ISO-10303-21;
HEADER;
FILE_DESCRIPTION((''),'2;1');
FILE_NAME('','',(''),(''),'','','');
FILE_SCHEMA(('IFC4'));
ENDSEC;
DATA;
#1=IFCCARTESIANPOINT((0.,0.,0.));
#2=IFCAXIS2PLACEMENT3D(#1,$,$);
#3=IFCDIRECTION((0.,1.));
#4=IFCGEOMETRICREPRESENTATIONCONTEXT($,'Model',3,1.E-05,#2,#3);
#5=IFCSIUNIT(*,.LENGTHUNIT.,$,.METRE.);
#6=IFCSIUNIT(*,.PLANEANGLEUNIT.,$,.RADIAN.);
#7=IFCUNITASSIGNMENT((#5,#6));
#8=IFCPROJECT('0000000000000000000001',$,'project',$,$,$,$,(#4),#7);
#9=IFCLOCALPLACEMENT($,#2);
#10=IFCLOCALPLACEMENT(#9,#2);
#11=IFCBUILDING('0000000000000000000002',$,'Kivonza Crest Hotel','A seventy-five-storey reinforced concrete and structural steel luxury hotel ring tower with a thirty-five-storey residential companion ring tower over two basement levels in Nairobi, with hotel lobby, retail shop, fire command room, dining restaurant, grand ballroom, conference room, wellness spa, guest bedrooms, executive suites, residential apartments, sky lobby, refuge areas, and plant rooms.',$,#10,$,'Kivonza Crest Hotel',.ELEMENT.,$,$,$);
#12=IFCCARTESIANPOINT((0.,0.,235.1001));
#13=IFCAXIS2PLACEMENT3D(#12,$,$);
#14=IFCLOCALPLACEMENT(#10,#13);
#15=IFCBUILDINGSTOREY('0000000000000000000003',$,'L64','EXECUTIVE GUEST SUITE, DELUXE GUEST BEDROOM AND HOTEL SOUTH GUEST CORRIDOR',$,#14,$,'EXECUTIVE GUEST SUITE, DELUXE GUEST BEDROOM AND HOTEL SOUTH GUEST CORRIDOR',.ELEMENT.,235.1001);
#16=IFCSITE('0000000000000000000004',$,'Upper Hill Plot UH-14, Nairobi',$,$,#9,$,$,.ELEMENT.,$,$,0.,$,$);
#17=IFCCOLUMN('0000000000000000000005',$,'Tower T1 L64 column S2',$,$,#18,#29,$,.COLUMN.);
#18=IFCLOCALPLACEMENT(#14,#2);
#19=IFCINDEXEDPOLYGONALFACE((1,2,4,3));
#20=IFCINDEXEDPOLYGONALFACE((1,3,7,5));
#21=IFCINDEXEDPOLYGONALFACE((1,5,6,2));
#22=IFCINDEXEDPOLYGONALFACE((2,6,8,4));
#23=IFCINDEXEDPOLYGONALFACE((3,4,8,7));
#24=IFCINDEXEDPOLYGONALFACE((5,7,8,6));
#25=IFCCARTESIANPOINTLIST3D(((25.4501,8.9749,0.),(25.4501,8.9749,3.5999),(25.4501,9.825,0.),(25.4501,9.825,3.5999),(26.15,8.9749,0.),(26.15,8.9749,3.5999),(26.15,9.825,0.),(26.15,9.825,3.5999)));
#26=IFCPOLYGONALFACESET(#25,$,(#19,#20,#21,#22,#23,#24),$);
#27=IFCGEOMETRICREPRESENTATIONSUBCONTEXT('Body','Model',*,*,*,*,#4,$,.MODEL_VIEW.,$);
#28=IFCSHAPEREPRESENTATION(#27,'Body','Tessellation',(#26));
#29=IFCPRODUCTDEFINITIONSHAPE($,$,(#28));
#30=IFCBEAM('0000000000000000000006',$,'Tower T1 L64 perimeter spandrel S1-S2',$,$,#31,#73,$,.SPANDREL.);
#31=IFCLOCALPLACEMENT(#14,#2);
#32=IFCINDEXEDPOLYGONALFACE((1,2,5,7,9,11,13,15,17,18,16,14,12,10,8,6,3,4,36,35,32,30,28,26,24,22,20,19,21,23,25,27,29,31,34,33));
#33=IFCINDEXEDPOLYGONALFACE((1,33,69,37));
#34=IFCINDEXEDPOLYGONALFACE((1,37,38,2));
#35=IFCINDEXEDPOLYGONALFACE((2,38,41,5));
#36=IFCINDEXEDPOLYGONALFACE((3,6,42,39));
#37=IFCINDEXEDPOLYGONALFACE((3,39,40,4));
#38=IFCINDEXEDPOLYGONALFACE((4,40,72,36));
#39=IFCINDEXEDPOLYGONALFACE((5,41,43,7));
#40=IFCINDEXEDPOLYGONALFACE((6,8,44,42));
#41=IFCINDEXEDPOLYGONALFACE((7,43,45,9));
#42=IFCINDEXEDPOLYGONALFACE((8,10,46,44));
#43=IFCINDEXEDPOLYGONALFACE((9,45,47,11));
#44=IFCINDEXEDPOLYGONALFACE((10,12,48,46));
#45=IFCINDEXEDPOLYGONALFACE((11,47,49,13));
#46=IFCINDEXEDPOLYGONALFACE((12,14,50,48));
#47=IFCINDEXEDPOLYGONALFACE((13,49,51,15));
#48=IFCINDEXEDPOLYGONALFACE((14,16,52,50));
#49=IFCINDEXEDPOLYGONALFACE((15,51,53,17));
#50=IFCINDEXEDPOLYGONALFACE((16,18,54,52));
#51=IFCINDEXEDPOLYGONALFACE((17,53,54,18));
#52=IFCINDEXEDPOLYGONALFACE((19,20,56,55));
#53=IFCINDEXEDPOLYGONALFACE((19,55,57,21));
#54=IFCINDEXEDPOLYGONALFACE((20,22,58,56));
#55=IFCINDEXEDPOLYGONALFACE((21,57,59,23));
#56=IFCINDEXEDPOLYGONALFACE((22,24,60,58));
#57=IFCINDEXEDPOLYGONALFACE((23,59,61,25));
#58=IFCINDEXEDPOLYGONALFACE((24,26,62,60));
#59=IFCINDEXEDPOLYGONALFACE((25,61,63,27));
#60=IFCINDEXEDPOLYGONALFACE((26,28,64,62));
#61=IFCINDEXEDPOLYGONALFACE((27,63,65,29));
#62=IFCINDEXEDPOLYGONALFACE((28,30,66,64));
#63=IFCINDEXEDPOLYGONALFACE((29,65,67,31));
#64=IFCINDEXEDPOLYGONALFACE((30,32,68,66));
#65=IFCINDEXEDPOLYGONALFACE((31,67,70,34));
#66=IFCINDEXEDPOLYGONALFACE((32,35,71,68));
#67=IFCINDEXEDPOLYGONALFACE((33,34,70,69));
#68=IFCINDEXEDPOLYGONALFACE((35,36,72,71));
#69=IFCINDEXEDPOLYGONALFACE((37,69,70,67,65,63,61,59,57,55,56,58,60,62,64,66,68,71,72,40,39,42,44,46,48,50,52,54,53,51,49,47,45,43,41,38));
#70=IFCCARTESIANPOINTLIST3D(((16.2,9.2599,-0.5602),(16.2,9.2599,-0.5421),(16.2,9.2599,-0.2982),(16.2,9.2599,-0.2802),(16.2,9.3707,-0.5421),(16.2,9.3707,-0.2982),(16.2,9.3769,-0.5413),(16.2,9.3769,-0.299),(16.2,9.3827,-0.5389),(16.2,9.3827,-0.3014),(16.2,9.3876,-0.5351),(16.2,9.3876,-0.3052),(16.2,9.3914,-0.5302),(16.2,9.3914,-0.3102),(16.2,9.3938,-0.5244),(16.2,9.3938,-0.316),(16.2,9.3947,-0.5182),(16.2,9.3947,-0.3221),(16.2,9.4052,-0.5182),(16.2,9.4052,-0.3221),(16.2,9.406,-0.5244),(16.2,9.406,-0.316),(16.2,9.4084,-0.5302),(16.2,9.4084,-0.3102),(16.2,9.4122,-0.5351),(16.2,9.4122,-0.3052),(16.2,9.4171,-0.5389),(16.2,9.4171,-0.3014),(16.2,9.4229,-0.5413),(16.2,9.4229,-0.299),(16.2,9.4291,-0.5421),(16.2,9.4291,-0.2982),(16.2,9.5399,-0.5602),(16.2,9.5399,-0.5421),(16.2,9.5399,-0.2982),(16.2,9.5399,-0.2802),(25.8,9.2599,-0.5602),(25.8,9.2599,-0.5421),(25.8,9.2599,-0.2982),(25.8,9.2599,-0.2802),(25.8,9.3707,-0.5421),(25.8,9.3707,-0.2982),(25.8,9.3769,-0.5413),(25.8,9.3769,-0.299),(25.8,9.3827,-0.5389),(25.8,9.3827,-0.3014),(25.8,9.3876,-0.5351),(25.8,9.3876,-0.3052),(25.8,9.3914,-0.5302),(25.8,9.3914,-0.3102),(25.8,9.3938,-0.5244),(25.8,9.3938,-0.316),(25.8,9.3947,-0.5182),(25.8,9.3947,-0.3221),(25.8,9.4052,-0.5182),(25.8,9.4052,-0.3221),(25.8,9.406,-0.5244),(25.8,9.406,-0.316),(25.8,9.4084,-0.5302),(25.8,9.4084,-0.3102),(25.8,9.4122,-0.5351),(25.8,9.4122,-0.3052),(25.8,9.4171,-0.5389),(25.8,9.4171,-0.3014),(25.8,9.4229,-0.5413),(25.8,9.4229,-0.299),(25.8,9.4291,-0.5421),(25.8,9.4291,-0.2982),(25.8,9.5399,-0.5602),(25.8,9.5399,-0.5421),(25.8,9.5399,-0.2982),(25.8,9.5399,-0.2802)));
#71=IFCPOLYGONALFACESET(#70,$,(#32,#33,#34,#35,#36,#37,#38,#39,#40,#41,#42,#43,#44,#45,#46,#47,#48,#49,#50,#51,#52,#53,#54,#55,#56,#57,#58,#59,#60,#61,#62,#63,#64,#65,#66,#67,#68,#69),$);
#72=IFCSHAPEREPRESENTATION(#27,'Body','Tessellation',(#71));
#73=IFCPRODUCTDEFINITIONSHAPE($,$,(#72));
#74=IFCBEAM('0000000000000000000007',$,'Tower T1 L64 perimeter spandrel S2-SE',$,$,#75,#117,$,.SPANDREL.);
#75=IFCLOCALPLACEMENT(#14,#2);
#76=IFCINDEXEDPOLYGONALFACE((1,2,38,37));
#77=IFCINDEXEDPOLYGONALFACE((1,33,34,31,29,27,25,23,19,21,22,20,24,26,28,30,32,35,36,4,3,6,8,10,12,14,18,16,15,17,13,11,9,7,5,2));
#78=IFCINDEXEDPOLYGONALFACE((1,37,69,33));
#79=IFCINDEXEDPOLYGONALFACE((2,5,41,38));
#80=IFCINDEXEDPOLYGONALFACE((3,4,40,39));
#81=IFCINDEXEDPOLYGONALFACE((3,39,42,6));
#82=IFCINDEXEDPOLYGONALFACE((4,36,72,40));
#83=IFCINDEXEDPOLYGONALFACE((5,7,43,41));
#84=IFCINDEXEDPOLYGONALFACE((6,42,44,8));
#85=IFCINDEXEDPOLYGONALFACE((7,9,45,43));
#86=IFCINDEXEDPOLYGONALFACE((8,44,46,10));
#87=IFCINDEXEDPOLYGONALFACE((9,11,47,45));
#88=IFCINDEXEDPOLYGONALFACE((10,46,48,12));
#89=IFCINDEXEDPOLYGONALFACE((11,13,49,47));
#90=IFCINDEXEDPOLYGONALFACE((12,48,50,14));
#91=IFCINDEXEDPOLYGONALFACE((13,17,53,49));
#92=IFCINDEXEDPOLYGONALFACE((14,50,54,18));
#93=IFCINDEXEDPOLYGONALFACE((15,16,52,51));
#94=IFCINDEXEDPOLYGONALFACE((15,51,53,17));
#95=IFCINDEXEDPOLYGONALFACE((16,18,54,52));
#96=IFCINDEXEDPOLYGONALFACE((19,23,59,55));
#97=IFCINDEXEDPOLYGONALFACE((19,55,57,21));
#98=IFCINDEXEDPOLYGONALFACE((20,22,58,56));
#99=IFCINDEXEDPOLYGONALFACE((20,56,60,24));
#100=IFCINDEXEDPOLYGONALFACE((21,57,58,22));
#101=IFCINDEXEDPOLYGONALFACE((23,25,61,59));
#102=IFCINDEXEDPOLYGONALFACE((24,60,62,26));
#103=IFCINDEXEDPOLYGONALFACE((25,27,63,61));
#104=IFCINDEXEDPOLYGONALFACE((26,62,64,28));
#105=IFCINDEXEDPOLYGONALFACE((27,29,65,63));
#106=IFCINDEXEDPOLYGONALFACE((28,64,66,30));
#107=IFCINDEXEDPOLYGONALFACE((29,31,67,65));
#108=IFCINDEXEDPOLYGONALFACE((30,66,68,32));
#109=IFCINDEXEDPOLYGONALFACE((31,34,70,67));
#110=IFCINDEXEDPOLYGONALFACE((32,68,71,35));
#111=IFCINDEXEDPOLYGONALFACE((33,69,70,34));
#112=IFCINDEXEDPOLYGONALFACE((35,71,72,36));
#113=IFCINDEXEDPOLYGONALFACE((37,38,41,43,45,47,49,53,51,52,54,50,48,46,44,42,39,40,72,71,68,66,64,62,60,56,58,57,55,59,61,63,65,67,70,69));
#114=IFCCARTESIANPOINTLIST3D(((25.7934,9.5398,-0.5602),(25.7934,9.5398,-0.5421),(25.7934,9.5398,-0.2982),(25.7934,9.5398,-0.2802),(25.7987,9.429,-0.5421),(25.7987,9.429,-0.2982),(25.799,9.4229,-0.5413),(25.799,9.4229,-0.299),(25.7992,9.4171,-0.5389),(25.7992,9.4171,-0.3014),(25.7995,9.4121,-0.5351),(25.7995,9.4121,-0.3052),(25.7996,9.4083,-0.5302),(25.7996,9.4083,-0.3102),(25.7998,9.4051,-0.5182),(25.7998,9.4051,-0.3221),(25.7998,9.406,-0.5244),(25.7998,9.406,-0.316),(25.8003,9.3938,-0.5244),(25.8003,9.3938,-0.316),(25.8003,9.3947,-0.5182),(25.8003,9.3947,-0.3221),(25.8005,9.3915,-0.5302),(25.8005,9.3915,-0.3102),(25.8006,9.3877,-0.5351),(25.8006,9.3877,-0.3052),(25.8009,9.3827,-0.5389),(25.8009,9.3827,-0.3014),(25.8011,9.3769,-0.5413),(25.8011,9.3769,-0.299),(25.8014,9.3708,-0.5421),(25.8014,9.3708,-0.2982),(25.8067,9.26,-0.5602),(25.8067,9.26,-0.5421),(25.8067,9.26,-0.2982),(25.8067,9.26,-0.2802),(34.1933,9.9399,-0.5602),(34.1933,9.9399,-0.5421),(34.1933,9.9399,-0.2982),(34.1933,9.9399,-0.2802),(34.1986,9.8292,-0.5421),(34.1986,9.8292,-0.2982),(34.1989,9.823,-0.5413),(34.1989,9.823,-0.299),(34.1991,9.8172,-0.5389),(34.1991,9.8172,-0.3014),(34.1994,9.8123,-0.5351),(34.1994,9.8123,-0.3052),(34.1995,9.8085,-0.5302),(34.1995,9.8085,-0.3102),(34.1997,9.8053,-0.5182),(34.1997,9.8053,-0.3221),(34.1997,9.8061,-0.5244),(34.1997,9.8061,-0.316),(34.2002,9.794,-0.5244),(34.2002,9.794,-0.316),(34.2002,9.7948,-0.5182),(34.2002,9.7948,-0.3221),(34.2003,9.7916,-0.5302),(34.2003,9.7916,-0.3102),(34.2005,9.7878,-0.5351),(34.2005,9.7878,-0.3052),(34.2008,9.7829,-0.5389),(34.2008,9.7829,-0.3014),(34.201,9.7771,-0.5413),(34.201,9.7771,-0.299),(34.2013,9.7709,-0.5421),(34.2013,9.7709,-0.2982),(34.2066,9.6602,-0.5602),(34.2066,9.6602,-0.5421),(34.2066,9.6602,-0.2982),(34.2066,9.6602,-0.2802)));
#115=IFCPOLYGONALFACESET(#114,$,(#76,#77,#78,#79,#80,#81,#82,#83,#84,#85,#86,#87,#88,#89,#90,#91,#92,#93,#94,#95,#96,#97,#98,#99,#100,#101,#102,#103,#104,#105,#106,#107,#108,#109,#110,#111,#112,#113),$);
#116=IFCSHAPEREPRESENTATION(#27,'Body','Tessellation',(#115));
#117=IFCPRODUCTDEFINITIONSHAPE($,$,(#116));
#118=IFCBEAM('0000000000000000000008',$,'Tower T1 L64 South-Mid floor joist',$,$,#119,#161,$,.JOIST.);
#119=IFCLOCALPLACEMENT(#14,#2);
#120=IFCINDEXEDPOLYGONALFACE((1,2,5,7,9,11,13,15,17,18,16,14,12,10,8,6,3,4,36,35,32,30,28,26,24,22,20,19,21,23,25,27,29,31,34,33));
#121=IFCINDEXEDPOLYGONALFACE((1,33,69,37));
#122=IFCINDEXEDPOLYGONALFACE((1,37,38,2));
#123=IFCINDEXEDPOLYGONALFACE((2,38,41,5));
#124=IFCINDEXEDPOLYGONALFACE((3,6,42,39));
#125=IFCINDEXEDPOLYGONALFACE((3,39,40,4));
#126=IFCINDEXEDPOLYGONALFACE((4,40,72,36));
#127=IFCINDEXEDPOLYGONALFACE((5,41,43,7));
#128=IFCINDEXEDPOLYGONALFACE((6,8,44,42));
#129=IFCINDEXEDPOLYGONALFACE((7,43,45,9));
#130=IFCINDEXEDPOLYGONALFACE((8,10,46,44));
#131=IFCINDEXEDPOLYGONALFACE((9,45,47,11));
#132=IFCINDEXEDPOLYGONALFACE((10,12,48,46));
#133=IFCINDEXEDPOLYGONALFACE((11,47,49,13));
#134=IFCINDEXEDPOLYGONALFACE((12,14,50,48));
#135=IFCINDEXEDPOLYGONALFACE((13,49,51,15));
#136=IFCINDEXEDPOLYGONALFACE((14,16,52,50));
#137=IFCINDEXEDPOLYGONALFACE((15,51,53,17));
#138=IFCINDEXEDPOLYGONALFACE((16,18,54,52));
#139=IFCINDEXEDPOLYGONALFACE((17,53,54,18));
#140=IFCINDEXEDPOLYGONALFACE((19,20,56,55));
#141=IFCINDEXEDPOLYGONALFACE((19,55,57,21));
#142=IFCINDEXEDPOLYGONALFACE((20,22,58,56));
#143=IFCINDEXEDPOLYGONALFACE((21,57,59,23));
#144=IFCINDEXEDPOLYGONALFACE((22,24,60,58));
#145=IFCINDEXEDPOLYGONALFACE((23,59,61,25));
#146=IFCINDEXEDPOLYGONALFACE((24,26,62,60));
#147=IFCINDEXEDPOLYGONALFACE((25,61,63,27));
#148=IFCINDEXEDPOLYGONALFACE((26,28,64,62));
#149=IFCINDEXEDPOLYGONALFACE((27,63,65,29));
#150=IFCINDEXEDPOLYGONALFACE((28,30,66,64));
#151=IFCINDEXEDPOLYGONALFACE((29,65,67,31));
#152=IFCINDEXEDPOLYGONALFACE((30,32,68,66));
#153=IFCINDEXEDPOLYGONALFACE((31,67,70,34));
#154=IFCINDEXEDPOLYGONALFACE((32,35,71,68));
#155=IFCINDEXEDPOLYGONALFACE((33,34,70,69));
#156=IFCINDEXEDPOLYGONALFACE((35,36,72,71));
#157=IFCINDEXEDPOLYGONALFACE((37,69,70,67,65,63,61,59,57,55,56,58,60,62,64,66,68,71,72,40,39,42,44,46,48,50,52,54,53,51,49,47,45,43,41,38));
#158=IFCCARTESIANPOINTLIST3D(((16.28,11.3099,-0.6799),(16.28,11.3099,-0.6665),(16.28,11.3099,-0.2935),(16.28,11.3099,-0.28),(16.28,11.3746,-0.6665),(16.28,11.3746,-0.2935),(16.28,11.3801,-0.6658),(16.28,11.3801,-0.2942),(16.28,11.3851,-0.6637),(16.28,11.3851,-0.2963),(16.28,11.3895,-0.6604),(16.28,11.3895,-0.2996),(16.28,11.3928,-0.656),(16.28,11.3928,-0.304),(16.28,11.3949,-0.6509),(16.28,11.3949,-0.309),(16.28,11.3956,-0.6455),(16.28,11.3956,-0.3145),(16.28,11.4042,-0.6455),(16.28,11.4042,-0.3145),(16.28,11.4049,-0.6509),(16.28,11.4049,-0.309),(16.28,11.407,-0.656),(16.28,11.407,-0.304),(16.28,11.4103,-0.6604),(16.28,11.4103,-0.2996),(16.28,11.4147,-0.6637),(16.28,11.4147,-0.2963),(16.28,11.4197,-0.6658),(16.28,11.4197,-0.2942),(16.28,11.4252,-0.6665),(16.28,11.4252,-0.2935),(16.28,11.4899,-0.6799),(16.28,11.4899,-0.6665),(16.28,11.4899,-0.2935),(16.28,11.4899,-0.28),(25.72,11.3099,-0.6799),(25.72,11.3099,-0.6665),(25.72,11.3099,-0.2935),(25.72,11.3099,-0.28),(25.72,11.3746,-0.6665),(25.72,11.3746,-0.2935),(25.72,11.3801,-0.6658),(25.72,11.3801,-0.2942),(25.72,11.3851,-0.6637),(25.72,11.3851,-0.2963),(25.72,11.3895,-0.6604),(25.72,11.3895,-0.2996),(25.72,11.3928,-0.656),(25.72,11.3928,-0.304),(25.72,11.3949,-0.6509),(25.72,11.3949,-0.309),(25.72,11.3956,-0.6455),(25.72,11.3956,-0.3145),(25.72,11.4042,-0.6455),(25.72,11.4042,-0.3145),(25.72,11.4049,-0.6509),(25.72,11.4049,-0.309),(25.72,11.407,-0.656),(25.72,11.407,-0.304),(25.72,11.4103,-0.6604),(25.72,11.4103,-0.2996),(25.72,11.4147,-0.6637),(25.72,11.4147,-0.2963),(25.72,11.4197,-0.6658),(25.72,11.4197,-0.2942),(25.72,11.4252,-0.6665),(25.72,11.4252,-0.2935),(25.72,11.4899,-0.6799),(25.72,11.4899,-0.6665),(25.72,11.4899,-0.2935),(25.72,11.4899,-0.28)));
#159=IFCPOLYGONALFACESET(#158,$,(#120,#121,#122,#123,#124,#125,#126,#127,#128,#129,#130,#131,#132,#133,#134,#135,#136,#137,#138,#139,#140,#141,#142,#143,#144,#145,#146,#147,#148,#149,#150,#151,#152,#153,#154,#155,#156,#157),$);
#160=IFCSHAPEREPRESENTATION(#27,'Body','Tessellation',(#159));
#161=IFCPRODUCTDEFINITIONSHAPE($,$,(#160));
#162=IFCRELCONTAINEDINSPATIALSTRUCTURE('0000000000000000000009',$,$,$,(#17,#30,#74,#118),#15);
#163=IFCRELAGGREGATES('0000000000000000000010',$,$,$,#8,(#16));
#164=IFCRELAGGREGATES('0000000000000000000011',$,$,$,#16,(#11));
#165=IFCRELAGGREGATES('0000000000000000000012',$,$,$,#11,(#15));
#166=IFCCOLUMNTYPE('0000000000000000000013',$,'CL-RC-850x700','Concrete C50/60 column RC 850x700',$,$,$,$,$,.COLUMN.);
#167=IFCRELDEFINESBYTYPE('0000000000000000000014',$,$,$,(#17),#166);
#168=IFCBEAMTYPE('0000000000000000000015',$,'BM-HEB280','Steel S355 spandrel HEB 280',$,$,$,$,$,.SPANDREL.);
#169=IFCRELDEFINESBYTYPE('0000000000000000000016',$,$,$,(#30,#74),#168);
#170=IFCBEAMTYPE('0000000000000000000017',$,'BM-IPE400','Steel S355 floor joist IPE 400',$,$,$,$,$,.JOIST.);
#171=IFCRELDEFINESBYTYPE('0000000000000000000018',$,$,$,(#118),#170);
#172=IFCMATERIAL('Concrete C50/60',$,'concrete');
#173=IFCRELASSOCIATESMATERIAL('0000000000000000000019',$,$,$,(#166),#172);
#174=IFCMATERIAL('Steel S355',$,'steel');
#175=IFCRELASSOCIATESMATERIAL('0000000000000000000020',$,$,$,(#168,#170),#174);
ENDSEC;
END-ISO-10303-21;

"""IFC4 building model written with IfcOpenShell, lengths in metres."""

from ifc_helpers import new_model, si_unit, direction, frame, origin, origin_2d, place, context, subcontext, project, spatial, rectangle, i_section, extrude, material, material_profile, profile_set, type_object, element, save


model = new_model("IFC4")

# Units and contexts
model_context = context("Model", 3, precision=1e-05, world=origin(), true_north=direction((0.0, 1.0)))
body_context = subcontext(model_context, "Body", "Model", "MODEL_VIEW")
ifc_project = project(units=[si_unit("LENGTHUNIT", "METRE"), si_unit("PLANEANGLEUNIT", "RADIAN")], contexts=[model_context])

# Site, building, storey
site_placement = place(None, origin())
site = spatial("IfcSite", under=ifc_project, at=site_placement, Name="Upper Hill Plot UH-14, Nairobi", CompositionType="ELEMENT", RefElevation=0.0)
building_placement = place(site_placement, origin())
building = spatial("IfcBuilding", under=site, at=building_placement, Name="Kivonza Crest Hotel", Description="A seventy-five-storey reinforced concrete and structural steel luxury hotel ring tower with a thirty-five-storey residential companion ring tower over two basement levels in Nairobi, with hotel lobby, retail shop, fire command room, dining restaurant, grand ballroom, conference room, wellness spa, guest bedrooms, executive suites, residential apartments, sky lobby, refuge areas, and plant rooms.", LongName="Kivonza Crest Hotel", CompositionType="ELEMENT")
storey_placement = place(building_placement, frame((0.0, 0.0, 235.1001)))
storey = spatial("IfcBuildingStorey", under=building, at=storey_placement, Name="L64", Description="EXECUTIVE GUEST SUITE, DELUXE GUEST BEDROOM AND HOTEL SOUTH GUEST CORRIDOR", LongName="EXECUTIVE GUEST SUITE, DELUXE GUEST BEDROOM AND HOTEL SOUTH GUEST CORRIDOR", CompositionType="ELEMENT", Elevation=235.1001)

# Column
ifc_material_1 = material(Name="Concrete C50/60", Category="concrete")
ifc_material_profile_1 = material_profile(ifc_material_1, rectangle(XDim=0.7, YDim=0.8501, at=origin_2d()), Name="RC 850x700")
ifc_profile_set_1 = profile_set([ifc_material_profile_1], Name="Concrete C50/60")
column_type = type_object("IfcColumnType", Name="CL-RC-850x700", Description="Concrete C50/60 column RC 850x700", PredefinedType="COLUMN", material=ifc_profile_set_1)
column_placement = place(storey_placement, frame((25.8, 9.3999, 0.0), z_axis=(0.0, 0.0, 1.0), x_axis=(1.0, 0.0, 0.0)))
element("IfcColumn", 1, at=column_placement, inside=storey, type_object=column_type, Name="Tower T1 L64 column S2", PredefinedType="COLUMN", context=body_context, shape_type="SweptSolid", body=[
    extrude(rectangle(XDim=0.7, YDim=0.8501, at=origin_2d()), origin(), (0.0, 0.0, 1.0), 3.5999),
])

# Beams
ifc_material_2 = material(Name="Steel S355", Category="steel")
ifc_material_profile_2 = material_profile(ifc_material_2, i_section(OverallWidth=0.28, OverallDepth=0.28, WebThickness=0.0105, FlangeThickness=0.0181, FilletRadius=0.0239, at=origin_2d()), Name="HEB 280")
ifc_profile_set_2 = profile_set([ifc_material_profile_2], Name="Steel S355")
beam_type_1 = type_object("IfcBeamType", Name="BM-HEB280", Description="Steel S355 spandrel HEB 280", PredefinedType="SPANDREL", material=ifc_profile_set_2)
beam_1_placement = place(storey_placement, frame((16.2, 9.3999, -0.4202), z_axis=(1.0, 0.0, 0.0), x_axis=(0.0, 1.0, 0.0)))
element("IfcBeam", 2, at=beam_1_placement, inside=storey, type_object=beam_type_1, Name="Tower T1 L64 perimeter spandrel S1-S2", PredefinedType="SPANDREL", context=body_context, shape_type="SweptSolid", body=[
    extrude(i_section(OverallWidth=0.28, OverallDepth=0.28, WebThickness=0.0105, FlangeThickness=0.0181, FilletRadius=0.0239, at=origin_2d()), origin(), (0.0, 0.0, 1.0), 9.6001),
])
beam_2_placement = place(storey_placement, frame((25.8, 9.3999, -0.4202), z_axis=(0.998867, 0.047583, 0.0), x_axis=(-0.047583, 0.998867, 0.0)))
element("IfcBeam", 3, at=beam_2_placement, inside=storey, type_object=beam_type_1, Name="Tower T1 L64 perimeter spandrel S2-SE", PredefinedType="SPANDREL", context=body_context, shape_type="SweptSolid", body=[
    extrude(i_section(OverallWidth=0.28, OverallDepth=0.28, WebThickness=0.0105, FlangeThickness=0.0181, FilletRadius=0.0239, at=origin_2d()), origin(), (0.0, 0.0, 1.0), 8.4094),
])
ifc_material_profile_3 = material_profile(ifc_material_2, i_section(OverallWidth=0.1799, OverallDepth=0.3999, WebThickness=0.0085, FlangeThickness=0.0134, FilletRadius=0.021, at=origin_2d()), Name="IPE 400")
ifc_profile_set_3 = profile_set([ifc_material_profile_3], Name="Steel S355")
beam_type_2 = type_object("IfcBeamType", Name="BM-IPE400", Description="Steel S355 floor joist IPE 400", PredefinedType="JOIST", material=ifc_profile_set_3)
beam_3_placement = place(storey_placement, frame((16.28, 11.3999, -0.48), z_axis=(1.0, 0.0, 0.0), x_axis=(0.0, 1.0, 0.0)))
element("IfcBeam", 4, at=beam_3_placement, inside=storey, type_object=beam_type_2, Name="Tower T1 L64 South-Mid floor joist", PredefinedType="JOIST", context=body_context, shape_type="SweptSolid", body=[
    extrude(i_section(OverallWidth=0.1799, OverallDepth=0.3999, WebThickness=0.0085, FlangeThickness=0.0134, FilletRadius=0.021, at=origin_2d()), origin(), (0.0, 0.0, 1.0), 9.4399),
])

save(model, "model.ifc")
